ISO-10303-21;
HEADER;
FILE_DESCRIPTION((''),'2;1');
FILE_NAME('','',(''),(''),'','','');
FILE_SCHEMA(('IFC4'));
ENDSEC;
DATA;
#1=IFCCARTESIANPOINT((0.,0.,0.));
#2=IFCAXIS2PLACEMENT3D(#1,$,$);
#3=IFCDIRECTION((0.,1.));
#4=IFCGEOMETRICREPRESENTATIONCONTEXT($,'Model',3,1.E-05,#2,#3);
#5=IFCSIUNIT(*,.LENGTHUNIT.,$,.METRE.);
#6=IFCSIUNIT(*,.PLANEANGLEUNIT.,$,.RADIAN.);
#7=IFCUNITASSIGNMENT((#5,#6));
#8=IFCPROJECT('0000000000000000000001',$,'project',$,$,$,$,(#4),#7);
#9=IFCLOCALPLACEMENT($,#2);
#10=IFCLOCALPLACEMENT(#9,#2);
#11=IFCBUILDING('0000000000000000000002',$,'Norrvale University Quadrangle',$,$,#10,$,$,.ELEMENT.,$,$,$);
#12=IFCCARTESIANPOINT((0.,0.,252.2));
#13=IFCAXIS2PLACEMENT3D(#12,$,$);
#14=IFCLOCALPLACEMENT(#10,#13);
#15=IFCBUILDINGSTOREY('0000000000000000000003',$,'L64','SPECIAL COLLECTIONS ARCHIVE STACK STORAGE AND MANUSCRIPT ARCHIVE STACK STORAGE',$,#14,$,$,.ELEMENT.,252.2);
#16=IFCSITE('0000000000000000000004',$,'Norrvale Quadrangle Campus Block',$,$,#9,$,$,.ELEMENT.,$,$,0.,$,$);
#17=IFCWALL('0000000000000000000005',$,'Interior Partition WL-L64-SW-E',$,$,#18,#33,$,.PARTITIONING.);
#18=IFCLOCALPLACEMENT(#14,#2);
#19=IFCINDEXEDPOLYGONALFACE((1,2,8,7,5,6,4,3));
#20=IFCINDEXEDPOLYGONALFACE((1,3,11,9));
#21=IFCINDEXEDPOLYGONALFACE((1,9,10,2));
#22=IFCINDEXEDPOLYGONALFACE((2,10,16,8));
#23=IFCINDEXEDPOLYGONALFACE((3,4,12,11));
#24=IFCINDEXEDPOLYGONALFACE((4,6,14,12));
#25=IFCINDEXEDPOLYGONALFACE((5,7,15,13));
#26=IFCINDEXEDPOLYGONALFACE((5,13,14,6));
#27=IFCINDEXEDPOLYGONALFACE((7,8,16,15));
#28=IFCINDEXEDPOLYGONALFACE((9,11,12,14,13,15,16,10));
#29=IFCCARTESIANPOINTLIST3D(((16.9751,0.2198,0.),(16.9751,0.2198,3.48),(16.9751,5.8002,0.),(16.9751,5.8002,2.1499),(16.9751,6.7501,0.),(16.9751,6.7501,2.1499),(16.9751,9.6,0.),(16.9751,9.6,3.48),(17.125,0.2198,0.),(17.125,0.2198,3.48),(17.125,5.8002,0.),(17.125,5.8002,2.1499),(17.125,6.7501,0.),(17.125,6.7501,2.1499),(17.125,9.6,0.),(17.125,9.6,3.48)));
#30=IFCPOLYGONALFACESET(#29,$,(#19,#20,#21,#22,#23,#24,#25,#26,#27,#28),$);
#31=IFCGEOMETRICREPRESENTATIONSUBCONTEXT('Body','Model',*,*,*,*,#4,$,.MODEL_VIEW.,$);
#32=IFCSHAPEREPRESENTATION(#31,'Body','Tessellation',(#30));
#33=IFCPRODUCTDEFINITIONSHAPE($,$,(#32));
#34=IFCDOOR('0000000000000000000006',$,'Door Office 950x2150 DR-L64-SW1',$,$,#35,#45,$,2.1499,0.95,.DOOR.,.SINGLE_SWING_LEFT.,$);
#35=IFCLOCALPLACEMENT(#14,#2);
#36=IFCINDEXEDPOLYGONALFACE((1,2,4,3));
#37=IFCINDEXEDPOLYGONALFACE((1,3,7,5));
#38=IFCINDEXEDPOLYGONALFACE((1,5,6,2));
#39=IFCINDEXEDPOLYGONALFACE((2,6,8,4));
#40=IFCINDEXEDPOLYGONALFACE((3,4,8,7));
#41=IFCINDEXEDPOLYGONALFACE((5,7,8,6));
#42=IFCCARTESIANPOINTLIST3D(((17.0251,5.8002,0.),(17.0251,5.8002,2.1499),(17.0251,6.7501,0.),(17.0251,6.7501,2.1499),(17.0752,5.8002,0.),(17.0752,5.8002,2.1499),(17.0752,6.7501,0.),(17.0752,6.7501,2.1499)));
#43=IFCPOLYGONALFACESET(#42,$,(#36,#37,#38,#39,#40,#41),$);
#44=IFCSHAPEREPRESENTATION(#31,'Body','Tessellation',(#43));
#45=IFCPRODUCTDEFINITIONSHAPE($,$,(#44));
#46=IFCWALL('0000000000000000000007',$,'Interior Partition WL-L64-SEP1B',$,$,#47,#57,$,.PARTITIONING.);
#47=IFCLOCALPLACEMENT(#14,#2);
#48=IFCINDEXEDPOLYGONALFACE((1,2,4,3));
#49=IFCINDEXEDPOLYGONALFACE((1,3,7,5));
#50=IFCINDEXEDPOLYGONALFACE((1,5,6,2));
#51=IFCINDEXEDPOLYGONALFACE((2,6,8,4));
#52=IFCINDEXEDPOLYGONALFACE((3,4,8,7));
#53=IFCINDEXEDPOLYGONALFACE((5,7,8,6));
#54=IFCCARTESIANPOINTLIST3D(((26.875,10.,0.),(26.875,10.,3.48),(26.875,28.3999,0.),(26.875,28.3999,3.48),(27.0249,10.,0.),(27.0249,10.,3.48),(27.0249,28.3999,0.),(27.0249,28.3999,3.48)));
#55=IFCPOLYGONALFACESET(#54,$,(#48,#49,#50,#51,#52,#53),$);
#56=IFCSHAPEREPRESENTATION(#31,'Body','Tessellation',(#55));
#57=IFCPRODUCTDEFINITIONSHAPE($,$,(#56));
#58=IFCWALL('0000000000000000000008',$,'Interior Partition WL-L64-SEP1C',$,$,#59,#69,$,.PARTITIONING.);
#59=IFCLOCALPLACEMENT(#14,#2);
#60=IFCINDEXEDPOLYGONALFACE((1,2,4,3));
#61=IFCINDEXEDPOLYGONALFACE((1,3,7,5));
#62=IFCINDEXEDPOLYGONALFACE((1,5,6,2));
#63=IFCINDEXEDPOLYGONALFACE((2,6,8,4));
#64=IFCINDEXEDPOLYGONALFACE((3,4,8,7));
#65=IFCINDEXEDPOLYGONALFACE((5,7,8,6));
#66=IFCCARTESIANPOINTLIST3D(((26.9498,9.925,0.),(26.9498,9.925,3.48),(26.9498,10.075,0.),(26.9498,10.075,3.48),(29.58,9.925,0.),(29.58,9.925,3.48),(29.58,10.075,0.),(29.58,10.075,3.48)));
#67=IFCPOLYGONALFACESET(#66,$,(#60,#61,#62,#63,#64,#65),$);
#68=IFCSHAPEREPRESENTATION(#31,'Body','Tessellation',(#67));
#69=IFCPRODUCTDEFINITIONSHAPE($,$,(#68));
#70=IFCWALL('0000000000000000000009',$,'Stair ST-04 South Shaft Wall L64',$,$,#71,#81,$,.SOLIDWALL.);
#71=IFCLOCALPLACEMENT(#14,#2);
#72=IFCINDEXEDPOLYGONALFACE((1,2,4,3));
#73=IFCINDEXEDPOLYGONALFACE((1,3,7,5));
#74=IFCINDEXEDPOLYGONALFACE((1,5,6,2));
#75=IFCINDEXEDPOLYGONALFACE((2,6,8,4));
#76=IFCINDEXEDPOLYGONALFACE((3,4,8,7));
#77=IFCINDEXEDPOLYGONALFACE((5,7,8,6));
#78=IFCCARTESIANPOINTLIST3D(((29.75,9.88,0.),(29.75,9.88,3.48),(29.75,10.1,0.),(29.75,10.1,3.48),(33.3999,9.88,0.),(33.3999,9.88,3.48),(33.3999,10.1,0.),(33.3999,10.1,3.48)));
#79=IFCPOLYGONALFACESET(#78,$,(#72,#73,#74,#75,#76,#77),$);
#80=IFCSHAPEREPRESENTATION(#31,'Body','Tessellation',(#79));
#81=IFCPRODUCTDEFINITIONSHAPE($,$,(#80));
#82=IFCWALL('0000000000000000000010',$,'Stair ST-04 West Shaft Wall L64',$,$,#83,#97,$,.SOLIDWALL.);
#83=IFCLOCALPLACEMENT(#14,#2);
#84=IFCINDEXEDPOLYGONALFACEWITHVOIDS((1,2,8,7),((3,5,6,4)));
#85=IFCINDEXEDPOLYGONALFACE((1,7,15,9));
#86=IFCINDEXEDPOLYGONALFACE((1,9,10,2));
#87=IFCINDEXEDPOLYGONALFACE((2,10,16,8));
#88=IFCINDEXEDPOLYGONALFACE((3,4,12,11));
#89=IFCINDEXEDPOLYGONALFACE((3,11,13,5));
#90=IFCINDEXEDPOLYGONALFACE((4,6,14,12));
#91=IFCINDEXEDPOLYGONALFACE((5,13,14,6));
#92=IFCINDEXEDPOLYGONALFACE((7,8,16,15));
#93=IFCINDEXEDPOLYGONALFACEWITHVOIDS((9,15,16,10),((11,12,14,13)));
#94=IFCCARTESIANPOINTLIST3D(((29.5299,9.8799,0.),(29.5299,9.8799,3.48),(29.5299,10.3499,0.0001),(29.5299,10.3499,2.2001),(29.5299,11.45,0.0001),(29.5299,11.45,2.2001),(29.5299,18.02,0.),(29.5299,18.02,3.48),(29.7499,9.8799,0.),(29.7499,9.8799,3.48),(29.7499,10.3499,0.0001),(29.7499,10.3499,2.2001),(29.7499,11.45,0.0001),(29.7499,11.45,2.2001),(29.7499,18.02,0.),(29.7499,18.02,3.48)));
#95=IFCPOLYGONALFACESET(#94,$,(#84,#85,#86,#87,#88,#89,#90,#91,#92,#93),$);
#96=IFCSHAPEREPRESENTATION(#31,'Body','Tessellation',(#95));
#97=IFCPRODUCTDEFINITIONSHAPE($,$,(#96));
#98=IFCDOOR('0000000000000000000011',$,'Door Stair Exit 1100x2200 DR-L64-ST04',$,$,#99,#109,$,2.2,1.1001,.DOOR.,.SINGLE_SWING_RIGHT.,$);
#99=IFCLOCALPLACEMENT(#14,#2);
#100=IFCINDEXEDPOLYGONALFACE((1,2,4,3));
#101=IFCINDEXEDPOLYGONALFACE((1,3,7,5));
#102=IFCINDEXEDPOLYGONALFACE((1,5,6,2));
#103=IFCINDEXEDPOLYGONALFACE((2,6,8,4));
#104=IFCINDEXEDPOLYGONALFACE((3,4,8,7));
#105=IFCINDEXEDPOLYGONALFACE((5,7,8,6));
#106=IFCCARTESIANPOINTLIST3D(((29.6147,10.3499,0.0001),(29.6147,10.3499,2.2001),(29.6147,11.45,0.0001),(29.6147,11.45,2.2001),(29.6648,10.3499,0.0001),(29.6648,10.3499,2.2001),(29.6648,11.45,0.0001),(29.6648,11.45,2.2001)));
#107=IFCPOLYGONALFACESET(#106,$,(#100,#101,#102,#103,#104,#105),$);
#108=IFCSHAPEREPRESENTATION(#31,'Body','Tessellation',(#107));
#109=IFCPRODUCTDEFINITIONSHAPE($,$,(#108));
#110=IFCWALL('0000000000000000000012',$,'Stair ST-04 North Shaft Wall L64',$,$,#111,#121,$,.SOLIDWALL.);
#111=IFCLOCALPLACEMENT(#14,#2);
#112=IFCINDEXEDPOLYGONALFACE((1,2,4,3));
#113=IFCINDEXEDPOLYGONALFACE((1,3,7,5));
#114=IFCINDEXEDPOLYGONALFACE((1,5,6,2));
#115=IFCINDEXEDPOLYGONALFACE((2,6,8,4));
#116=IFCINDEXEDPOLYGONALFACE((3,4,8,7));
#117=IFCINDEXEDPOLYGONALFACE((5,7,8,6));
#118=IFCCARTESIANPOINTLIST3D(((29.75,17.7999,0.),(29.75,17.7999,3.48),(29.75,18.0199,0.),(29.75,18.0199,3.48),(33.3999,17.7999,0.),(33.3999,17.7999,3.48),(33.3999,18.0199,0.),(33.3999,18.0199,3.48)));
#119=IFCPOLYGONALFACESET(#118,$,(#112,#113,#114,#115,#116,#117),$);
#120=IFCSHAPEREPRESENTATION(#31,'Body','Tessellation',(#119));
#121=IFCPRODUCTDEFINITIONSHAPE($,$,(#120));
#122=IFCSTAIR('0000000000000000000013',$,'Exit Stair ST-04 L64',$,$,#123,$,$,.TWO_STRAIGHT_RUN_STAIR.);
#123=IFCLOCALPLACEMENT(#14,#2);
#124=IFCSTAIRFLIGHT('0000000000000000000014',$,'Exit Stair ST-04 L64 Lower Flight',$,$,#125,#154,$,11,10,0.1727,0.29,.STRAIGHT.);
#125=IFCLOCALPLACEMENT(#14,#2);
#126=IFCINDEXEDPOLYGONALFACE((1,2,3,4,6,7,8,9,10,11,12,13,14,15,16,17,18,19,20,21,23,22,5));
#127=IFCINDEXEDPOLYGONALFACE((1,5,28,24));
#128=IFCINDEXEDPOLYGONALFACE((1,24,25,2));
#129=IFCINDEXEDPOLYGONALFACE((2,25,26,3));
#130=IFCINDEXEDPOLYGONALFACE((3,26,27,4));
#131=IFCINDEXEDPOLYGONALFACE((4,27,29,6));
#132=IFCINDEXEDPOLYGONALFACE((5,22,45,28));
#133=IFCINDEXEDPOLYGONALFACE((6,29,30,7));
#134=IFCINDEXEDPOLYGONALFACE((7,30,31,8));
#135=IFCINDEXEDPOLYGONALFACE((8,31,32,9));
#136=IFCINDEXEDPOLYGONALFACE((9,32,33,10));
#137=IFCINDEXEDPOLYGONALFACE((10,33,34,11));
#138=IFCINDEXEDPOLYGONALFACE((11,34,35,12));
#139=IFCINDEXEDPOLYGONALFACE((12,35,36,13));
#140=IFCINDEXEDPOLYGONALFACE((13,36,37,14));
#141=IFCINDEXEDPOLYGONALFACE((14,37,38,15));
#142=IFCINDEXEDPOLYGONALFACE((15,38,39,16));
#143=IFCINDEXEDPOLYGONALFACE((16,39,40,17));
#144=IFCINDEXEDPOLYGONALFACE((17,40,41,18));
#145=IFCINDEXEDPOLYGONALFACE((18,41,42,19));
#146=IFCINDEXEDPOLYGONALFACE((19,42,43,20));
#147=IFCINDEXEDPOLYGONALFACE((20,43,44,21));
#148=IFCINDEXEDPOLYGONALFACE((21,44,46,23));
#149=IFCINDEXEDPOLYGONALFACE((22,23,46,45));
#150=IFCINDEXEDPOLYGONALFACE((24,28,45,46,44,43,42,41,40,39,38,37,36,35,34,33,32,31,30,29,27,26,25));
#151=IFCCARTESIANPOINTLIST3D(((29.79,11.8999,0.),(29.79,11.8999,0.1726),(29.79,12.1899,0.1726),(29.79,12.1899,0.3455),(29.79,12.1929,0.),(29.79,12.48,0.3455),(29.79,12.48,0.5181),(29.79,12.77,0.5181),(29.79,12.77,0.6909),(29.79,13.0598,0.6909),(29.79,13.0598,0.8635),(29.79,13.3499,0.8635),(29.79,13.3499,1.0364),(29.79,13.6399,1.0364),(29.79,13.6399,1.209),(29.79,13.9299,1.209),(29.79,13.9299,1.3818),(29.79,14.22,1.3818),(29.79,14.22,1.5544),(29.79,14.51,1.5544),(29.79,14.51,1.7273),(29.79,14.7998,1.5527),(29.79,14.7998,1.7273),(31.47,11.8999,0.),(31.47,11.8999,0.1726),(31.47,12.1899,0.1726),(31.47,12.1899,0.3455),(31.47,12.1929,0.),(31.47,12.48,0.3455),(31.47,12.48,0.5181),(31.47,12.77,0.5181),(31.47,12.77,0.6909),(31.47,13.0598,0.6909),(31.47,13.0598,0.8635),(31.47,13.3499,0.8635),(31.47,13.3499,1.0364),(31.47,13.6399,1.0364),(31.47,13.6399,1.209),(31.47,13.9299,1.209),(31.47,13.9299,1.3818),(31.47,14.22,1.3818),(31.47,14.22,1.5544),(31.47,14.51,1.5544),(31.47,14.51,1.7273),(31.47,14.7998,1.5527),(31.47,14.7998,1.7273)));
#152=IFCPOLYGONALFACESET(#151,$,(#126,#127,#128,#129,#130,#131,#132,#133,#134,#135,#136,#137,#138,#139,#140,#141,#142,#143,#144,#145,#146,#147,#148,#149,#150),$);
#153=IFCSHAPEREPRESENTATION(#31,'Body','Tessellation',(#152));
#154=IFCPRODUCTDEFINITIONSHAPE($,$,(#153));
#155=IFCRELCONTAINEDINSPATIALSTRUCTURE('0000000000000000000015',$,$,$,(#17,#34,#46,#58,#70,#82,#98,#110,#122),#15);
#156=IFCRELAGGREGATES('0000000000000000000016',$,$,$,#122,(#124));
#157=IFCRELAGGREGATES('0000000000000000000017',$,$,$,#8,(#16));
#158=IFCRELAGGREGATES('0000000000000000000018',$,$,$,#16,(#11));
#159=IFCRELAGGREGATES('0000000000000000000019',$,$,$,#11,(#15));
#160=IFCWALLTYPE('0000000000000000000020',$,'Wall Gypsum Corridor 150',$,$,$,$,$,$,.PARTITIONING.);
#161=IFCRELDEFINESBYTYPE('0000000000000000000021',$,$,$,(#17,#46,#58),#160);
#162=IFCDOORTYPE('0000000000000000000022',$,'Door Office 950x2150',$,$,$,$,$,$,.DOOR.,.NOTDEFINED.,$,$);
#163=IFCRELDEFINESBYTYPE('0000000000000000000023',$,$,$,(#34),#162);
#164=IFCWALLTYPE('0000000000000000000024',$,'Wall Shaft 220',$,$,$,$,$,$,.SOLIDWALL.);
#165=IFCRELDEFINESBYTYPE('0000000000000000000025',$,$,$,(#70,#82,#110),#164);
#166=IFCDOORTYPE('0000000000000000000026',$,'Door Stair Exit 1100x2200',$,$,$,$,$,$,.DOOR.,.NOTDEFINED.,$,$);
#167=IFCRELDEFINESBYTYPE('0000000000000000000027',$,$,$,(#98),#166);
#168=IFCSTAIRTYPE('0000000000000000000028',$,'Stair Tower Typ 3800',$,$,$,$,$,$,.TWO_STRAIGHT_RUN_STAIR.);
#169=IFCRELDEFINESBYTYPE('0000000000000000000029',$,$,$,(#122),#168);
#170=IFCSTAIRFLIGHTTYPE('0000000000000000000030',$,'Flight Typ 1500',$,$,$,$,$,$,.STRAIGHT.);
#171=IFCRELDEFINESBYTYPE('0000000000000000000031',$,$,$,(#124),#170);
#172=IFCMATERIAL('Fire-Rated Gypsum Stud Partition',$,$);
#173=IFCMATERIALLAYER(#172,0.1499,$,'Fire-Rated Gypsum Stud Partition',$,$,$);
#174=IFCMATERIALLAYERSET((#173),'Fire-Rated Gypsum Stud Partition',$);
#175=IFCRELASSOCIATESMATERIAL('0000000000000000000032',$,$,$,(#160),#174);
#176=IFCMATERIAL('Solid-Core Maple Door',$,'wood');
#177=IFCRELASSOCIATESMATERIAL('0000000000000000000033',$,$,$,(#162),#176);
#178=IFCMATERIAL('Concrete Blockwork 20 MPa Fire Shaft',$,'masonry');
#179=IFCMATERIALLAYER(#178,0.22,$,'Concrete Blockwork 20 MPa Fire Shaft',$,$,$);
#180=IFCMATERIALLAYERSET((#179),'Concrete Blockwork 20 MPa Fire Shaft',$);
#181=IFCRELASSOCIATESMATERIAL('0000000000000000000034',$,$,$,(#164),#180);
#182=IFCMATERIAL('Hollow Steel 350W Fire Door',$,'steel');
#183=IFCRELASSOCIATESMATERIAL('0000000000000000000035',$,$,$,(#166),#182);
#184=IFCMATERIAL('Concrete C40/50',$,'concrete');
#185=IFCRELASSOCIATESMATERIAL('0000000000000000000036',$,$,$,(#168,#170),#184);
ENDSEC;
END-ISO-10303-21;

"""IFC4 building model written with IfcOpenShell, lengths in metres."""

from ifc_helpers import new_model, si_unit, direction, frame, frame_2d, origin, place, context, subcontext, project, spatial, polyline, rectangle, outline, extrude, material, layer, layer_set, type_object, element, fill, aggregate, save


model = new_model("IFC4")

# Units and contexts
model_context = context("Model", 3, precision=1e-05, world=origin(), true_north=direction((0.0, 1.0)))
body_context = subcontext(model_context, "Body", "Model", "MODEL_VIEW")
ifc_project = project(units=[si_unit("LENGTHUNIT", "METRE"), si_unit("PLANEANGLEUNIT", "RADIAN")], contexts=[model_context])

# Site, building, storey
site_placement = place(None, origin())
site = spatial("IfcSite", under=ifc_project, at=site_placement, Name="Norrvale Quadrangle Campus Block", CompositionType="ELEMENT", RefElevation=0.0)
building_placement = place(site_placement, origin())
building = spatial("IfcBuilding", under=site, at=building_placement, Name="Norrvale University Quadrangle", CompositionType="ELEMENT")
storey_placement = place(building_placement, frame((0.0, 0.0, 252.2)))
storey = spatial("IfcBuildingStorey", under=building, at=storey_placement, Name="L64", Description="SPECIAL COLLECTIONS ARCHIVE STACK STORAGE AND MANUSCRIPT ARCHIVE STACK STORAGE", CompositionType="ELEMENT", Elevation=252.2)

# Shared definitions
ifc_material_1 = material(Name="Fire-Rated Gypsum Stud Partition")
ifc_layer_1 = layer(ifc_material_1, 0.1499, Name="Fire-Rated Gypsum Stud Partition")
ifc_layer_set_1 = layer_set([ifc_layer_1], Name="Fire-Rated Gypsum Stud Partition")
wall_type_1 = type_object("IfcWallType", Name="Wall Gypsum Corridor 150", PredefinedType="PARTITIONING", material=ifc_layer_set_1)

# Wall, opening, door
wall_1_placement = place(storey_placement, frame((17.05, 0.22, 0.0), z_axis=(0.0, 0.0, 1.0), x_axis=(0.0, 1.0, 0.0)))
wall_1 = element("IfcWall", 1, at=wall_1_placement, inside=storey, type_object=wall_type_1, Name="Interior Partition WL-L64-SW-E", PredefinedType="PARTITIONING", context=body_context, shape_type="SweptSolid", body=[
    extrude(rectangle(XDim=9.3801, YDim=0.1499, at=frame_2d((4.6899, 0.0))), origin(), (0.0, 0.0, 1.0), 3.48),
])
opening_1_placement = place(wall_1_placement, frame((5.5801, 0.0, 0.0)))
opening_1 = element("IfcOpeningElement", 2, at=opening_1_placement, cuts=wall_1, PredefinedType="OPENING", context=body_context, shape_type="SweptSolid", body=[
    extrude(rectangle(XDim=0.95, YDim=2.1499, at=frame_2d((0.4751, 1.075))), frame((0.0, 0.0869, 0.0), z_axis=(0.0, -1.0, 0.0), x_axis=(1.0, 0.0, 0.0)), (0.0, 0.0, 1.0), 0.1738),
])
ifc_material_2 = material(Name="Solid-Core Maple Door", Category="wood")
door_type_1 = type_object("IfcDoorType", Name="Door Office 950x2150", OperationType="NOTDEFINED", PredefinedType="DOOR", material=ifc_material_2)
door_1_placement = place(opening_1_placement, origin())
door_1 = element("IfcDoor", 3, at=door_1_placement, inside=storey, type_object=door_type_1, Name="Door Office 950x2150 DR-L64-SW1", OperationType="SINGLE_SWING_LEFT", OverallHeight=2.1499, OverallWidth=0.95, PredefinedType="DOOR", context=body_context, shape_type="SweptSolid", body=[
    extrude(rectangle(XDim=0.95, YDim=2.1499, at=frame_2d((0.4751, 1.075))), frame((0.0, 0.0249, 0.0), z_axis=(0.0, -1.0, 0.0), x_axis=(1.0, 0.0, 0.0)), (0.0, 0.0, 1.0), 0.05),
])
fill(opening_1, door_1)

# Walls
wall_2_placement = place(storey_placement, frame((26.95, 10.0, 0.0), z_axis=(0.0, 0.0, 1.0), x_axis=(0.0, 1.0, 0.0)))
element("IfcWall", 4, at=wall_2_placement, inside=storey, type_object=wall_type_1, Name="Interior Partition WL-L64-SEP1B", PredefinedType="PARTITIONING", context=body_context, shape_type="SweptSolid", body=[
    extrude(rectangle(XDim=18.3999, YDim=0.1499, at=frame_2d((9.2, 0.0))), origin(), (0.0, 0.0, 1.0), 3.48),
])
wall_3_placement = place(storey_placement, frame((26.95, 10.0, 0.0), z_axis=(0.0, 0.0, 1.0), x_axis=(1.0, 0.0, 0.0)))
element("IfcWall", 5, at=wall_3_placement, inside=storey, type_object=wall_type_1, Name="Interior Partition WL-L64-SEP1C", PredefinedType="PARTITIONING", context=body_context, shape_type="SweptSolid", body=[
    extrude(rectangle(XDim=2.6301, YDim=0.1499, at=frame_2d((1.3149, 0.0))), origin(), (0.0, 0.0, 1.0), 3.48),
])
ifc_material_3 = material(Name="Concrete Blockwork 20 MPa Fire Shaft", Category="masonry")
ifc_layer_2 = layer(ifc_material_3, 0.22, Name="Concrete Blockwork 20 MPa Fire Shaft")
ifc_layer_set_2 = layer_set([ifc_layer_2], Name="Concrete Blockwork 20 MPa Fire Shaft")
wall_type_2 = type_object("IfcWallType", Name="Wall Shaft 220", PredefinedType="SOLIDWALL", material=ifc_layer_set_2)
wall_4_placement = place(storey_placement, frame((29.75, 9.99, 0.0), z_axis=(0.0, 0.0, 1.0), x_axis=(1.0, 0.0, 0.0)))
element("IfcWall", 6, at=wall_4_placement, inside=storey, type_object=wall_type_2, Name="Stair ST-04 South Shaft Wall L64", PredefinedType="SOLIDWALL", context=body_context, shape_type="SweptSolid", body=[
    extrude(rectangle(XDim=3.6499, YDim=0.22, at=frame_2d((1.825, 0.0))), origin(), (0.0, 0.0, 1.0), 3.48),
])

# Wall, opening, door
wall_5_placement = place(storey_placement, frame((29.6399, 9.8799, 0.0), z_axis=(0.0, 0.0, 1.0), x_axis=(0.0, 1.0, 0.0)))
wall_5 = element("IfcWall", 7, at=wall_5_placement, inside=storey, type_object=wall_type_2, Name="Stair ST-04 West Shaft Wall L64", PredefinedType="SOLIDWALL", context=body_context, shape_type="SweptSolid", body=[
    extrude(rectangle(XDim=8.1401, YDim=0.22, at=frame_2d((4.0701, 0.0))), origin(), (0.0, 0.0, 1.0), 3.48),
])
opening_2_placement = place(wall_5_placement, frame((0.47, 0.0, 0.0)))
opening_2 = element("IfcOpeningElement", 8, at=opening_2_placement, cuts=wall_5, PredefinedType="OPENING", context=body_context, shape_type="SweptSolid", body=[
    extrude(rectangle(XDim=1.1001, YDim=2.2, at=frame_2d((0.55, 1.1001))), frame((0.0, 0.1221, 0.0), z_axis=(0.0, -1.0, 0.0), x_axis=(1.0, 0.0, 0.0)), (0.0, 0.0, 1.0), 0.2439),
])
ifc_material_4 = material(Name="Hollow Steel 350W Fire Door", Category="steel")
door_type_2 = type_object("IfcDoorType", Name="Door Stair Exit 1100x2200", OperationType="NOTDEFINED", PredefinedType="DOOR", material=ifc_material_4)
door_2_placement = place(opening_2_placement, frame((1.1001, 0.0, 0.0), z_axis=(0.0, 0.0, 1.0), x_axis=(-1.0, 0.0, 0.0)))
door_2 = element("IfcDoor", 9, at=door_2_placement, inside=storey, type_object=door_type_2, Name="Door Stair Exit 1100x2200 DR-L64-ST04", OperationType="SINGLE_SWING_RIGHT", OverallHeight=2.2, OverallWidth=1.1001, PredefinedType="DOOR", context=body_context, shape_type="SweptSolid", body=[
    extrude(rectangle(XDim=1.1001, YDim=2.2, at=frame_2d((0.55, 1.1001))), frame((0.0, 0.0249, 0.0), z_axis=(0.0, -1.0, 0.0), x_axis=(1.0, 0.0, 0.0)), (0.0, 0.0, 1.0), 0.05),
])
fill(opening_2, door_2)

# Wall
wall_6_placement = place(storey_placement, frame((29.75, 17.9099, 0.0), z_axis=(0.0, 0.0, 1.0), x_axis=(1.0, 0.0, 0.0)))
element("IfcWall", 10, at=wall_6_placement, inside=storey, type_object=wall_type_2, Name="Stair ST-04 North Shaft Wall L64", PredefinedType="SOLIDWALL", context=body_context, shape_type="SweptSolid", body=[
    extrude(rectangle(XDim=3.6499, YDim=0.22, at=frame_2d((1.825, 0.0))), origin(), (0.0, 0.0, 1.0), 3.48),
])

# Stair, stair flight
ifc_material_5 = material(Name="Concrete C40/50", Category="concrete")
stair_type = type_object("IfcStairType", Name="Stair Tower Typ 3800", PredefinedType="TWO_STRAIGHT_RUN_STAIR", material=ifc_material_5)
stair_placement = place(storey_placement, origin())
stair = element("IfcStair", 11, at=stair_placement, inside=storey, type_object=stair_type, Name="Exit Stair ST-04 L64", PredefinedType="TWO_STRAIGHT_RUN_STAIR")
stair_flight_type = type_object("IfcStairFlightType", Name="Flight Typ 1500", PredefinedType="STRAIGHT", material=ifc_material_5)
stair_flight_placement = place(storey_placement, frame((30.6299, 11.8999, 0.0), z_axis=(0.0, 0.0, 1.0), x_axis=(0.0, 1.0, 0.0)))
stair_flight = element("IfcStairFlight", 12, at=stair_flight_placement, type_object=stair_flight_type, Name="Exit Stair ST-04 L64 Lower Flight", NumberOfRisers=11, NumberOfTreads=10, PredefinedType="STRAIGHT", RiserHeight=0.1727, TreadLength=0.29, context=body_context, shape_type="SweptSolid", body=[
    extrude(outline(polyline([(0.0, 0.0), (0.0, 0.1726), (0.29, 0.1726), (0.29, 0.3455), (0.5801, 0.3455), (0.5801, 0.5181), (0.8701, 0.5181), (0.8701, 0.6909), (1.1599, 0.6909), (1.1599, 0.8635), (1.45, 0.8635), (1.45, 1.0364), (1.74, 1.0364), (1.74, 1.209), (2.03, 1.209), (2.03, 1.3818), (2.3201, 1.3818), (2.3201, 1.5544), (2.6101, 1.5544), (2.6101, 1.7273), (2.8999, 1.7273), (2.8999, 1.8999), (2.8999, 1.5527), (0.293, 0.0), (0.0, 0.0)])), frame((0.0, 0.8398, 0.0), z_axis=(0.0, -1.0, 0.0), x_axis=(1.0, 0.0, 0.0)), (0.0, 0.0, 1.0), 1.6799),
])
aggregate(stair, [stair_flight])

save(model, "model.ifc")
